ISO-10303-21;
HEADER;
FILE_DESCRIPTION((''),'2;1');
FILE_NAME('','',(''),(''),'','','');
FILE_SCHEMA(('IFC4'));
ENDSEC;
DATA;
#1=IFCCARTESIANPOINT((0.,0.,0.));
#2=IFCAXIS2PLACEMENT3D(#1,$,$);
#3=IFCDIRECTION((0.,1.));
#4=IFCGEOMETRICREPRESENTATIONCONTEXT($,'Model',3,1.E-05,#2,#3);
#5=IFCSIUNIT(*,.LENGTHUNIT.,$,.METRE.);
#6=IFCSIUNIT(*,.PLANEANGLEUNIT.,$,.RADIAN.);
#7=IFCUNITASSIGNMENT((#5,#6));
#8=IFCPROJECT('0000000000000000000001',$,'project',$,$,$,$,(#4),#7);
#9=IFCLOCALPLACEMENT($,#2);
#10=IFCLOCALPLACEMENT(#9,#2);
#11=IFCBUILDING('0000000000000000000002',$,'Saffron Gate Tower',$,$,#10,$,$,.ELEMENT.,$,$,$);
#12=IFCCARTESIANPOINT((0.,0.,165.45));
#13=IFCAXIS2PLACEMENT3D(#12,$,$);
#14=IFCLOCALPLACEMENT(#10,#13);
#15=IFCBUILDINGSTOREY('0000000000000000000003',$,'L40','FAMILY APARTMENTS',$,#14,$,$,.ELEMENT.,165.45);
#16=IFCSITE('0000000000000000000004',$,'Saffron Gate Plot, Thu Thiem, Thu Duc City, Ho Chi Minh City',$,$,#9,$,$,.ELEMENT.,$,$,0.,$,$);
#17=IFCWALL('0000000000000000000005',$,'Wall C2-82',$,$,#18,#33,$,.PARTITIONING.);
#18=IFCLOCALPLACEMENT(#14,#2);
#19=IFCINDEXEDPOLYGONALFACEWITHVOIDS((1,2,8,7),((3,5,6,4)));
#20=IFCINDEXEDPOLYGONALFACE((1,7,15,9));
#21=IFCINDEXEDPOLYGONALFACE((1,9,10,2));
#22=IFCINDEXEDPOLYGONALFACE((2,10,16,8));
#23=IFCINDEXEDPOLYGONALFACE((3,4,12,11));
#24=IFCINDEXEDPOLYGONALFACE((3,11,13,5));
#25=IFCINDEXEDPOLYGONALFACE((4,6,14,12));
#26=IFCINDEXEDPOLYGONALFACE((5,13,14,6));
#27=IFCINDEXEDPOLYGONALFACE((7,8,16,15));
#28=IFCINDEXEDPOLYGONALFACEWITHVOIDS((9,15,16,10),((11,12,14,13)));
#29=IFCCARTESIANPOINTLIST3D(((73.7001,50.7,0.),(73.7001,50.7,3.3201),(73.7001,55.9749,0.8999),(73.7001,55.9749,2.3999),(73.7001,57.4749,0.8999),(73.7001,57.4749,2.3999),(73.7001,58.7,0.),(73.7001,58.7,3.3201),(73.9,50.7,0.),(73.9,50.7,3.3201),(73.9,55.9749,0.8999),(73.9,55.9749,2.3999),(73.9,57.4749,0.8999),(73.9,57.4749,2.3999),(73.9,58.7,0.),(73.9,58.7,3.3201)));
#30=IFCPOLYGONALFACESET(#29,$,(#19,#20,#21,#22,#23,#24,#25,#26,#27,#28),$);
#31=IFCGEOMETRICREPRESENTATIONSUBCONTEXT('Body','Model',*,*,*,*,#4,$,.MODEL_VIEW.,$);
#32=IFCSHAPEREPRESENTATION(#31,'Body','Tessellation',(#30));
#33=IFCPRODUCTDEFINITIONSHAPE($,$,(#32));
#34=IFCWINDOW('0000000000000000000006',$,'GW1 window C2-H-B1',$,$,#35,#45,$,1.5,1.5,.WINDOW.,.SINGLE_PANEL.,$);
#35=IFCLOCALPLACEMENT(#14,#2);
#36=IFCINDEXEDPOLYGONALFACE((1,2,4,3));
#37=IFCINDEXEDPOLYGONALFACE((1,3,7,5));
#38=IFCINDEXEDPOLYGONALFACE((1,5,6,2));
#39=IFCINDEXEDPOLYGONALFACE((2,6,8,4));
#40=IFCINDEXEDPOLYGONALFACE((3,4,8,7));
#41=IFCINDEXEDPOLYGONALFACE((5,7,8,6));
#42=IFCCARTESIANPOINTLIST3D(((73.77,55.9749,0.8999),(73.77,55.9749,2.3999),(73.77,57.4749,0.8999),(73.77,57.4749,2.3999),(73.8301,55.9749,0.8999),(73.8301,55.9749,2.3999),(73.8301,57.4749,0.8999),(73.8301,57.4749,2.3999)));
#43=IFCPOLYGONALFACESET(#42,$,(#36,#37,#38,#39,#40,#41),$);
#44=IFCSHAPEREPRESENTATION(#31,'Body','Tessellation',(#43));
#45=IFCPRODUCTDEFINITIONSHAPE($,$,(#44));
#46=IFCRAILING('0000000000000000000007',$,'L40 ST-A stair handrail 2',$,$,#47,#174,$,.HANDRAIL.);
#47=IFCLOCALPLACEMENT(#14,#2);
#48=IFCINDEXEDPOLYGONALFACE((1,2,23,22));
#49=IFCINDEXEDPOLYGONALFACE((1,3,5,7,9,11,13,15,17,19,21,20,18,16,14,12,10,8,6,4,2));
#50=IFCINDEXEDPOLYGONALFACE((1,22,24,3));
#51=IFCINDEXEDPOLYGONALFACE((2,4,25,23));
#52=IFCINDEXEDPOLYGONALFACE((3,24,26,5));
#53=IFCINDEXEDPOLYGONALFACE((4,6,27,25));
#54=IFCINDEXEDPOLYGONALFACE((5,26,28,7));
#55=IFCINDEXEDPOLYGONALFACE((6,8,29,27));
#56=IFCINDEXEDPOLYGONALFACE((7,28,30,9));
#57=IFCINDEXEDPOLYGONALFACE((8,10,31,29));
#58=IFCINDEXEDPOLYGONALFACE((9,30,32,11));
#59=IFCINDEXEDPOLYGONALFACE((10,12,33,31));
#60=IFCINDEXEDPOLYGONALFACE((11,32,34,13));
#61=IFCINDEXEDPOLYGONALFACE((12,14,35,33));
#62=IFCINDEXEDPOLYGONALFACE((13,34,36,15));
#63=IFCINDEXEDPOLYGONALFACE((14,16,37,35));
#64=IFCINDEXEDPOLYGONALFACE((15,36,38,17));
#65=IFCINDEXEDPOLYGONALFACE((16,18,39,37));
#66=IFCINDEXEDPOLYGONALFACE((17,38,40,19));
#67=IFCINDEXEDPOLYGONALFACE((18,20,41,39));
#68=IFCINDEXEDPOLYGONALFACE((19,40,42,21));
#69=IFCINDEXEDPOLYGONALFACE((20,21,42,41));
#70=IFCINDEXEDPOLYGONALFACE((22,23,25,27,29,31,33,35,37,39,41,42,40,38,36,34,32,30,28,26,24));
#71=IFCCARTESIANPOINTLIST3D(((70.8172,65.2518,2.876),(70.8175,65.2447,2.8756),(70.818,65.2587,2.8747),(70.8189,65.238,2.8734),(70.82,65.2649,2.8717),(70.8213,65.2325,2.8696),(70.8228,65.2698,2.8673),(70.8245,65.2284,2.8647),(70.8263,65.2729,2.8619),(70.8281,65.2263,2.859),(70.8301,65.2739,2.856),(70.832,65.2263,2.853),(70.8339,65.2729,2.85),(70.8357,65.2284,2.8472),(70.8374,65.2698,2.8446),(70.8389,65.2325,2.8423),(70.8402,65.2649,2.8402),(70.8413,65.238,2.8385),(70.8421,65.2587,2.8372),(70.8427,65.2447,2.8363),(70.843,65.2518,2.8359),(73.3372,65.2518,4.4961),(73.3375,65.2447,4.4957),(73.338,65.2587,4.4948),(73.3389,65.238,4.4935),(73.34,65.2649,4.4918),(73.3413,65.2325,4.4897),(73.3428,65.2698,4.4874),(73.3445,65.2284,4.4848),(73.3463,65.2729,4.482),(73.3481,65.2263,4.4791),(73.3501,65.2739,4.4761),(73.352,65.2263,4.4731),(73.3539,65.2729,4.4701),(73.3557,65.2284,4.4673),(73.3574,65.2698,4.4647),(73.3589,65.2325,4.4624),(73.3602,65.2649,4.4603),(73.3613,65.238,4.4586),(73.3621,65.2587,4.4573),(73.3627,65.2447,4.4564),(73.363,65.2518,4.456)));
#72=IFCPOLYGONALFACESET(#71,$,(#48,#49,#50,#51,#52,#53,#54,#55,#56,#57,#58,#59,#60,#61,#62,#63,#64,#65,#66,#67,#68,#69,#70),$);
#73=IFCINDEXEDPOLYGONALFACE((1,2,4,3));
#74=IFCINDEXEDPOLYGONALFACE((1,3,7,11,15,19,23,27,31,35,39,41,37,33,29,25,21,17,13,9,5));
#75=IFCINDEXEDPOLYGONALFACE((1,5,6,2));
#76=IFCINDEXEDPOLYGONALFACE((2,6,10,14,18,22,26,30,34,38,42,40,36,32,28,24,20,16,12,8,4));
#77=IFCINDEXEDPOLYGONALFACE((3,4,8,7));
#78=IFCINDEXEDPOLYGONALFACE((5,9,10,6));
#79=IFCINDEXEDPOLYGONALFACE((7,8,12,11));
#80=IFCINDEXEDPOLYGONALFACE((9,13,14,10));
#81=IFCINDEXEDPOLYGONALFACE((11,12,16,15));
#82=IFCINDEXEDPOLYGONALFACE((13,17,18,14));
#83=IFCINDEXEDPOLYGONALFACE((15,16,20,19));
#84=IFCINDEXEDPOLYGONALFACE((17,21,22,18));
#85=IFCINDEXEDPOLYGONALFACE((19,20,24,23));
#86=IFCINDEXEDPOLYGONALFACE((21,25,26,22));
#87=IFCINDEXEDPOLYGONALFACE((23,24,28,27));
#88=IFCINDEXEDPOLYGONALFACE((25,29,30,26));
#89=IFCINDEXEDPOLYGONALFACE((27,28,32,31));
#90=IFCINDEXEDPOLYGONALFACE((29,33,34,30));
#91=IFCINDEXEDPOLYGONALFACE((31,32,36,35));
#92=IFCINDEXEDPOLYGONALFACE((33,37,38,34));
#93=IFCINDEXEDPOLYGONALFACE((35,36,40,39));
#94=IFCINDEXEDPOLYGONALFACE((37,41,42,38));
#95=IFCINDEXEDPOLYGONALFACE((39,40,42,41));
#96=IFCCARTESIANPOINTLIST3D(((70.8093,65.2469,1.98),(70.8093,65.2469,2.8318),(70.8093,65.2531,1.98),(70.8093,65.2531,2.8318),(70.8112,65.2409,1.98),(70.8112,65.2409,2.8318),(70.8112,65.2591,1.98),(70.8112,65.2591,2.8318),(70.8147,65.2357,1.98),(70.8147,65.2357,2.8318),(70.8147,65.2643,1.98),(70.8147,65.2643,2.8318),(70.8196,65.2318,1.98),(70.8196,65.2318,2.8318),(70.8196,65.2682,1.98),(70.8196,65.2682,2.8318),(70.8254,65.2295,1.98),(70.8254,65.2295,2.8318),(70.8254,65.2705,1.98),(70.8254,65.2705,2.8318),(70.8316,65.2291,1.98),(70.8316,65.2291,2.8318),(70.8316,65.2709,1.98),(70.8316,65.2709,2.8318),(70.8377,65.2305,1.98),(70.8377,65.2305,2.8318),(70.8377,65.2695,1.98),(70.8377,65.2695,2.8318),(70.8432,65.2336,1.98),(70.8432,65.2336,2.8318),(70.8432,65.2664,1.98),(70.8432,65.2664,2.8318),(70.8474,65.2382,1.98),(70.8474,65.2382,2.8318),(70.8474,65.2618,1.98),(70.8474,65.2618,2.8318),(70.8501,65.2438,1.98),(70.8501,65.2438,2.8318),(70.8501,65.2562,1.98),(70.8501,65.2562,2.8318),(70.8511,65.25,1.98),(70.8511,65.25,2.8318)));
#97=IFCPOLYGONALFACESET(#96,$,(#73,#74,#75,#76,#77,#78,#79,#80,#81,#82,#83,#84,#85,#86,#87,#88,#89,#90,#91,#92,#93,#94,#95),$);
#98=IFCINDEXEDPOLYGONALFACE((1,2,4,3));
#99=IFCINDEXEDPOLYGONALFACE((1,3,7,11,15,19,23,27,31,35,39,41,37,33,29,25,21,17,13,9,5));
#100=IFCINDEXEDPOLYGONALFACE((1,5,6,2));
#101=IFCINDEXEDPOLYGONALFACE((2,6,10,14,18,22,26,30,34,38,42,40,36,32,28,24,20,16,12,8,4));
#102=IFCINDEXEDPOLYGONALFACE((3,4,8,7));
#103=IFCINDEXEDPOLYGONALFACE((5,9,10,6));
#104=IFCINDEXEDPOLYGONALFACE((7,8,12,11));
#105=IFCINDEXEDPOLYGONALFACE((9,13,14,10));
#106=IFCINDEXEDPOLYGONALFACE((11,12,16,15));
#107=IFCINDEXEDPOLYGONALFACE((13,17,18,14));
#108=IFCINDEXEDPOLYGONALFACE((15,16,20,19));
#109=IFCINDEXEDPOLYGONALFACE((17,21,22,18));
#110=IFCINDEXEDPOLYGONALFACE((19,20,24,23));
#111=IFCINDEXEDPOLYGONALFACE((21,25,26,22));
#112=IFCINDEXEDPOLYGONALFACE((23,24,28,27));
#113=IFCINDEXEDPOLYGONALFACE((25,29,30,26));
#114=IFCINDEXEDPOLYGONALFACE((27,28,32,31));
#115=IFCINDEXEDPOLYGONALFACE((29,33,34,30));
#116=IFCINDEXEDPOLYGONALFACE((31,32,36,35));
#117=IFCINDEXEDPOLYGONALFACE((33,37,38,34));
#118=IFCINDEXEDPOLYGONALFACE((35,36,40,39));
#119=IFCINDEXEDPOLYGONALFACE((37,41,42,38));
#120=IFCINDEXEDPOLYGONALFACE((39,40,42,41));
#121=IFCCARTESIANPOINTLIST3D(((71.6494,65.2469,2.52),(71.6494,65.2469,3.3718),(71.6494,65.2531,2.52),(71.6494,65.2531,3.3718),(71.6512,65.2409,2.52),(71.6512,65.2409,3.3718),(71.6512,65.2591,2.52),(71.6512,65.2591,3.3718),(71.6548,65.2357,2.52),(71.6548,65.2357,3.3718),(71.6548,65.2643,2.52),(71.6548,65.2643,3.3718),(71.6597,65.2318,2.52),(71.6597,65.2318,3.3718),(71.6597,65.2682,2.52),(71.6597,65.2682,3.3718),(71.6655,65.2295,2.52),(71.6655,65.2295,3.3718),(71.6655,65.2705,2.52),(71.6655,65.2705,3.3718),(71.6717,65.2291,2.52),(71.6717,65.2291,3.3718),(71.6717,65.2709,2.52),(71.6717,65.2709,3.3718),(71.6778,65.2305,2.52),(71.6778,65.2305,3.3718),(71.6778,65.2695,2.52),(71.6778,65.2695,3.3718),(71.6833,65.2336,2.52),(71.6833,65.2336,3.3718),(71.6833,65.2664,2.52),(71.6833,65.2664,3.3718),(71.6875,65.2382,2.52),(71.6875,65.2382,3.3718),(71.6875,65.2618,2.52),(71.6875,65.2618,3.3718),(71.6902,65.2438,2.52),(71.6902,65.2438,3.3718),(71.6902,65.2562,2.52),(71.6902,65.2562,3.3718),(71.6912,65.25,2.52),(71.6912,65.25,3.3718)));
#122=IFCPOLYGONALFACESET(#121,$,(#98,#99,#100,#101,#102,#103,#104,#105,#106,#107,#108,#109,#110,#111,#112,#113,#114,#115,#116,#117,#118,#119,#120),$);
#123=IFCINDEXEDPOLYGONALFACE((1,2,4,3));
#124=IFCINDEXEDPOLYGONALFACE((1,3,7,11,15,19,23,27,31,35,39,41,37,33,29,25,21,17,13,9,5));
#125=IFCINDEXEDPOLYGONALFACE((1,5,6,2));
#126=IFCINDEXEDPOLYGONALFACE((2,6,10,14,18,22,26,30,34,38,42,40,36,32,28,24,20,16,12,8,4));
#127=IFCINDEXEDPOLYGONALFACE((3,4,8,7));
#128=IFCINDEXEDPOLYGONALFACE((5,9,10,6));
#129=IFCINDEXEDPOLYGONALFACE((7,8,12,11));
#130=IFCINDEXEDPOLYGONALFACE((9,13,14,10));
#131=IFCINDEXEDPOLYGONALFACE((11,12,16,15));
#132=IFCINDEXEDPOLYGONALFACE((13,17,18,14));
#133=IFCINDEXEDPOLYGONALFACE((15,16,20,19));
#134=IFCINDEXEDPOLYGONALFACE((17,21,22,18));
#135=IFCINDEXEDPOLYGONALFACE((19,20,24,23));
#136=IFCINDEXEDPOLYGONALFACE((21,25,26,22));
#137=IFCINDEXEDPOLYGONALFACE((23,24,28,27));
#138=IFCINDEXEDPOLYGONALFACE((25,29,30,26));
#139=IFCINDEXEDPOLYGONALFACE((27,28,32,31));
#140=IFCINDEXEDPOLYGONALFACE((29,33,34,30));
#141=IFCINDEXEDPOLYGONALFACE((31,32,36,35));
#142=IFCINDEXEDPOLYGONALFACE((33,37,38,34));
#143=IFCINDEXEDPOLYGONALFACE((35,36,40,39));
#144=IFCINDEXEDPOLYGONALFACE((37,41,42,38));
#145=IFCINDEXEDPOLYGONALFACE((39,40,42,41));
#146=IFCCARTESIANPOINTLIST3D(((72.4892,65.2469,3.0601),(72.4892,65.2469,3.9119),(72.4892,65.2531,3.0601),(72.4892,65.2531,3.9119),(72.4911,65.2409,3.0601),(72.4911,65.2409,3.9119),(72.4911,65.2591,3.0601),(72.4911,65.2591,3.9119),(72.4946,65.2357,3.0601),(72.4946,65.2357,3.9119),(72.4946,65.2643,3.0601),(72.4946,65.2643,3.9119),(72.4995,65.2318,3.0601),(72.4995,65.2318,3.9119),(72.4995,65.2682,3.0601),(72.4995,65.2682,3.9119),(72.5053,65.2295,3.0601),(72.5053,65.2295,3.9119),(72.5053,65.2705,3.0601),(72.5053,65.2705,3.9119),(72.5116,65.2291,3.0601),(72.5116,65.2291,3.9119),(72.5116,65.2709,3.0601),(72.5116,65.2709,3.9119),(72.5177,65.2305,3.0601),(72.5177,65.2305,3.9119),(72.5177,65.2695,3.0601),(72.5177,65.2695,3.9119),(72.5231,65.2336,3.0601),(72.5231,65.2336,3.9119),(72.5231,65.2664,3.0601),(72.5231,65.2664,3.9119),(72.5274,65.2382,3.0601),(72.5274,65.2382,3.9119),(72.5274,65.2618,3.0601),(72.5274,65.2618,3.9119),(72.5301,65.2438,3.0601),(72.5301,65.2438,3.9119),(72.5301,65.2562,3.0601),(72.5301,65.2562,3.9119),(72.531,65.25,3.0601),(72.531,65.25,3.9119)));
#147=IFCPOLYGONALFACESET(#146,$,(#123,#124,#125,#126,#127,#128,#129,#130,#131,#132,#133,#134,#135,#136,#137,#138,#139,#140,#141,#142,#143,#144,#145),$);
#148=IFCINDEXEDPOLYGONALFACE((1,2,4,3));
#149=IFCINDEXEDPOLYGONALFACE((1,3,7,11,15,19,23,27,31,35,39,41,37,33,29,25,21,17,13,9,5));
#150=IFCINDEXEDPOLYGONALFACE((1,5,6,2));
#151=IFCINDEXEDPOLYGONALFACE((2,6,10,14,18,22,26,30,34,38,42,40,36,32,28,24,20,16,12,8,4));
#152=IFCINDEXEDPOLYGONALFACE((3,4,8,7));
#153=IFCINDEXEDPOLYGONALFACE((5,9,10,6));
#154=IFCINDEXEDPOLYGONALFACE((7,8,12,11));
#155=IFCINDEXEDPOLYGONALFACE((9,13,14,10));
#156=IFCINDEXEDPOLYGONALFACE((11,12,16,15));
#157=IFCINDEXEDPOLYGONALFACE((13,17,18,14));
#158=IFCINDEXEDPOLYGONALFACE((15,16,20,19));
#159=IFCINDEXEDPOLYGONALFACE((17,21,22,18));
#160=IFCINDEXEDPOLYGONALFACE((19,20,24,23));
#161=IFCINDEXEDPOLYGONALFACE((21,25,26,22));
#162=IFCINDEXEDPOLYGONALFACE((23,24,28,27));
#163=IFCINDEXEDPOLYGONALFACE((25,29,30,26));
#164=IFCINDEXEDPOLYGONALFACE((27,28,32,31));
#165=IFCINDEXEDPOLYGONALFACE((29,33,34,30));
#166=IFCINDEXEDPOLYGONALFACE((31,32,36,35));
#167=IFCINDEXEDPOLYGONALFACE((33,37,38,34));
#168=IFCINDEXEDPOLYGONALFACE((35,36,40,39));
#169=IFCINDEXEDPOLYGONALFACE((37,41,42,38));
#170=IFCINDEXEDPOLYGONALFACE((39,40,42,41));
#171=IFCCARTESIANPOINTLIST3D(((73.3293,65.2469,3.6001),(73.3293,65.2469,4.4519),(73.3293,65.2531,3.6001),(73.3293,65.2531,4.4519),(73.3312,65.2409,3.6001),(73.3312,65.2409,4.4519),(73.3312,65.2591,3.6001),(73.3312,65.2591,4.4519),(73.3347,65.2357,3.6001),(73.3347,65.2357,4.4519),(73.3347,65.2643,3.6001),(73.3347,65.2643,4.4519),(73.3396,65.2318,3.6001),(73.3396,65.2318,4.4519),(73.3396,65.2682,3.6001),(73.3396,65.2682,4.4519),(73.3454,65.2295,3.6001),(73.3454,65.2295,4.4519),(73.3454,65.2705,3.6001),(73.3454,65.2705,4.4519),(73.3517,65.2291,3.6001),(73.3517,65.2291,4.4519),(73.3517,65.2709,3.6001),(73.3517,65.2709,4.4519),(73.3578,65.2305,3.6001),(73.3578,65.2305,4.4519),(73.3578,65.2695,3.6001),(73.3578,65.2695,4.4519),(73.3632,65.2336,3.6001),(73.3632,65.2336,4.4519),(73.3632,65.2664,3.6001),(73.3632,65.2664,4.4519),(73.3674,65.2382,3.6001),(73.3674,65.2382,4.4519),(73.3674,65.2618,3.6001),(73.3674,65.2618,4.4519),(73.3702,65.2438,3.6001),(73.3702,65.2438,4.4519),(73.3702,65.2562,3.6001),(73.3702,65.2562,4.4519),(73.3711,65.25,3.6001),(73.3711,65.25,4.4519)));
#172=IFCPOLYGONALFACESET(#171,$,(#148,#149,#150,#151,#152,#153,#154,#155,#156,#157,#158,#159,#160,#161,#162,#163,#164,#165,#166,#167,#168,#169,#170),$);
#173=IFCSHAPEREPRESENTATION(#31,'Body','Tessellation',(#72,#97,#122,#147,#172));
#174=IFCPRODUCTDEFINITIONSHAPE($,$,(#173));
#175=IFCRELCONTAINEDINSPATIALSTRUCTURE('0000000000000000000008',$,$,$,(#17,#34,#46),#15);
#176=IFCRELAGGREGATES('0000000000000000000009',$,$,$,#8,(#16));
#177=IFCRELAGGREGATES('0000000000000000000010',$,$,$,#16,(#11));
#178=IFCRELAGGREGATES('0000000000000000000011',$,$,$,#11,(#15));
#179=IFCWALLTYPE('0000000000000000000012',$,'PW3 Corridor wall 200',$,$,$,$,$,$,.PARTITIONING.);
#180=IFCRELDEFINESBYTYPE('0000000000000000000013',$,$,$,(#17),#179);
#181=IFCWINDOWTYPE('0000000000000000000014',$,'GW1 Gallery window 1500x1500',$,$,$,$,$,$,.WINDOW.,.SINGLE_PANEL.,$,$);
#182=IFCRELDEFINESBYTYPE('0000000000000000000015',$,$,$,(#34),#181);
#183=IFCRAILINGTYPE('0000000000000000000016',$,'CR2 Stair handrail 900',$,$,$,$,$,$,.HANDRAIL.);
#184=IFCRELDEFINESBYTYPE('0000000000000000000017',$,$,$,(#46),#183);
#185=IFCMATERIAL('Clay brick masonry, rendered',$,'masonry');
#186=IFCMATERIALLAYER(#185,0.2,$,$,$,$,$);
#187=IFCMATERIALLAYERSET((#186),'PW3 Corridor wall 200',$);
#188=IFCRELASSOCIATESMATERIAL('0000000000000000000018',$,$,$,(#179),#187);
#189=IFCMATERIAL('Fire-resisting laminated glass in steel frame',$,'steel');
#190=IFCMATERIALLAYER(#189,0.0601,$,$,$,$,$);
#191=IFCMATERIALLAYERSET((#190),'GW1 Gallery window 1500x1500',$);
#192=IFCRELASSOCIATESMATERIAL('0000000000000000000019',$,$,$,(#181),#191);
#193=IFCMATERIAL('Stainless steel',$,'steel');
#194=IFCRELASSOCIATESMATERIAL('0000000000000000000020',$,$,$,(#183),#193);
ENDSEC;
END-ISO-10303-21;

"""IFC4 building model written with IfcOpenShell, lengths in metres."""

from ifc_helpers import new_model, si_unit, direction, frame, frame_2d, origin, origin_2d, place, context, subcontext, project, spatial, rectangle, circle, extrude, material, layer, layer_set, type_object, element, fill, save


model = new_model("IFC4")

# Units and contexts
model_context = context("Model", 3, precision=1e-05, world=origin(), true_north=direction((0.0, 1.0)))
body_context = subcontext(model_context, "Body", "Model", "MODEL_VIEW")
ifc_project = project(units=[si_unit("LENGTHUNIT", "METRE"), si_unit("PLANEANGLEUNIT", "RADIAN")], contexts=[model_context])

# Site, building, storey
site_placement = place(None, origin())
site = spatial("IfcSite", under=ifc_project, at=site_placement, Name="Saffron Gate Plot, Thu Thiem, Thu Duc City, Ho Chi Minh City", CompositionType="ELEMENT", RefElevation=0.0)
building_placement = place(site_placement, origin())
building = spatial("IfcBuilding", under=site, at=building_placement, Name="Saffron Gate Tower", CompositionType="ELEMENT")
storey_placement = place(building_placement, frame((0.0, 0.0, 165.45)))
storey = spatial("IfcBuildingStorey", under=building, at=storey_placement, Name="L40", Description="FAMILY APARTMENTS", CompositionType="ELEMENT", Elevation=165.45)

# Wall, opening, window
ifc_material_1 = material(Name="Clay brick masonry, rendered", Category="masonry")
ifc_layer_1 = layer(ifc_material_1, 0.2)
ifc_layer_set_1 = layer_set([ifc_layer_1], Name="PW3 Corridor wall 200")
wall_type_1 = type_object("IfcWallType", Name="PW3 Corridor wall 200", PredefinedType="PARTITIONING", material=ifc_layer_set_1)
wall_1_placement = place(storey_placement, frame((73.8, 58.7, 0.0), z_axis=(0.0, 0.0, 1.0), x_axis=(0.0, -1.0, 0.0)))
wall_1 = element("IfcWall", 1, at=wall_1_placement, inside=storey, type_object=wall_type_1, Name="Wall C2-82", PredefinedType="PARTITIONING", context=body_context, shape_type="SweptSolid", body=[
    extrude(rectangle(XDim=8.0, YDim=0.2, at=frame_2d((4.0, 0.0))), origin(), (0.0, 0.0, 1.0), 3.3201),
])
opening_1_placement = place(wall_1_placement, frame((1.2251, 0.0, 0.8999)))
opening_1 = element("IfcOpeningElement", 2, at=opening_1_placement, cuts=wall_1, PredefinedType="OPENING", context=body_context, shape_type="SweptSolid", body=[
    extrude(rectangle(XDim=1.5, YDim=1.5, at=frame_2d((0.75, 0.75))), frame((0.0, 0.1099, 0.0), z_axis=(0.0, -1.0, 0.0), x_axis=(1.0, 0.0, 0.0)), (0.0, 0.0, 1.0), 0.22),
])
ifc_material_2 = material(Name="Fire-resisting laminated glass in steel frame", Category="steel")
ifc_layer_2 = layer(ifc_material_2, 0.0601)
ifc_layer_set_2 = layer_set([ifc_layer_2], Name="GW1 Gallery window 1500x1500")
window_type = type_object("IfcWindowType", Name="GW1 Gallery window 1500x1500", PartitioningType="SINGLE_PANEL", PredefinedType="WINDOW", material=ifc_layer_set_2)
window_placement = place(opening_1_placement, origin())
window = element("IfcWindow", 3, at=window_placement, inside=storey, type_object=window_type, Name="GW1 window C2-H-B1", OverallHeight=1.5, OverallWidth=1.5, PartitioningType="SINGLE_PANEL", PredefinedType="WINDOW", context=body_context, shape_type="SweptSolid", body=[
    extrude(rectangle(XDim=1.5, YDim=1.5, at=frame_2d((0.75, 0.75))), frame((0.0, 0.03, 0.0), z_axis=(0.0, -1.0, 0.0), x_axis=(1.0, 0.0, 0.0)), (0.0, 0.0, 1.0), 0.0601),
])
fill(opening_1, window)

# Railing
ifc_material_3 = material(Name="Stainless steel", Category="steel")
railing_type_1 = type_object("IfcRailingType", Name="CR2 Stair handrail 900", PredefinedType="HANDRAIL", material=ifc_material_3)
railing_1_placement = place(storey_placement, frame((70.8301, 65.25, 1.98)))
element("IfcRailing", 4, at=railing_1_placement, inside=storey, type_object=railing_type_1, Name="L40 ST-A stair handrail 2", PredefinedType="HANDRAIL", context=body_context, shape_type="SweptSolid", body=[
    extrude(circle(Radius=0.0239, at=origin_2d()), frame((0.0, 0.0, 0.876), z_axis=(0.841163, 0.0, 0.540782), x_axis=(0.0, 1.0, 0.0)), (0.0, 0.0, 1.0), 2.9958),
    extrude(circle(Radius=0.021, at=origin_2d()), origin(), (0.0, 0.0, 1.0), 0.8518),
    extrude(circle(Radius=0.021, at=origin_2d()), frame((0.8401, 0.0, 0.54)), (0.0, 0.0, 1.0), 0.8518),
    extrude(circle(Radius=0.021, at=origin_2d()), frame((1.6799, 0.0, 1.0801)), (0.0, 0.0, 1.0), 0.8518),
    extrude(circle(Radius=0.021, at=origin_2d()), frame((2.52, 0.0, 1.6201)), (0.0, 0.0, 1.0), 0.8518),
])

save(model, "model.ifc")
